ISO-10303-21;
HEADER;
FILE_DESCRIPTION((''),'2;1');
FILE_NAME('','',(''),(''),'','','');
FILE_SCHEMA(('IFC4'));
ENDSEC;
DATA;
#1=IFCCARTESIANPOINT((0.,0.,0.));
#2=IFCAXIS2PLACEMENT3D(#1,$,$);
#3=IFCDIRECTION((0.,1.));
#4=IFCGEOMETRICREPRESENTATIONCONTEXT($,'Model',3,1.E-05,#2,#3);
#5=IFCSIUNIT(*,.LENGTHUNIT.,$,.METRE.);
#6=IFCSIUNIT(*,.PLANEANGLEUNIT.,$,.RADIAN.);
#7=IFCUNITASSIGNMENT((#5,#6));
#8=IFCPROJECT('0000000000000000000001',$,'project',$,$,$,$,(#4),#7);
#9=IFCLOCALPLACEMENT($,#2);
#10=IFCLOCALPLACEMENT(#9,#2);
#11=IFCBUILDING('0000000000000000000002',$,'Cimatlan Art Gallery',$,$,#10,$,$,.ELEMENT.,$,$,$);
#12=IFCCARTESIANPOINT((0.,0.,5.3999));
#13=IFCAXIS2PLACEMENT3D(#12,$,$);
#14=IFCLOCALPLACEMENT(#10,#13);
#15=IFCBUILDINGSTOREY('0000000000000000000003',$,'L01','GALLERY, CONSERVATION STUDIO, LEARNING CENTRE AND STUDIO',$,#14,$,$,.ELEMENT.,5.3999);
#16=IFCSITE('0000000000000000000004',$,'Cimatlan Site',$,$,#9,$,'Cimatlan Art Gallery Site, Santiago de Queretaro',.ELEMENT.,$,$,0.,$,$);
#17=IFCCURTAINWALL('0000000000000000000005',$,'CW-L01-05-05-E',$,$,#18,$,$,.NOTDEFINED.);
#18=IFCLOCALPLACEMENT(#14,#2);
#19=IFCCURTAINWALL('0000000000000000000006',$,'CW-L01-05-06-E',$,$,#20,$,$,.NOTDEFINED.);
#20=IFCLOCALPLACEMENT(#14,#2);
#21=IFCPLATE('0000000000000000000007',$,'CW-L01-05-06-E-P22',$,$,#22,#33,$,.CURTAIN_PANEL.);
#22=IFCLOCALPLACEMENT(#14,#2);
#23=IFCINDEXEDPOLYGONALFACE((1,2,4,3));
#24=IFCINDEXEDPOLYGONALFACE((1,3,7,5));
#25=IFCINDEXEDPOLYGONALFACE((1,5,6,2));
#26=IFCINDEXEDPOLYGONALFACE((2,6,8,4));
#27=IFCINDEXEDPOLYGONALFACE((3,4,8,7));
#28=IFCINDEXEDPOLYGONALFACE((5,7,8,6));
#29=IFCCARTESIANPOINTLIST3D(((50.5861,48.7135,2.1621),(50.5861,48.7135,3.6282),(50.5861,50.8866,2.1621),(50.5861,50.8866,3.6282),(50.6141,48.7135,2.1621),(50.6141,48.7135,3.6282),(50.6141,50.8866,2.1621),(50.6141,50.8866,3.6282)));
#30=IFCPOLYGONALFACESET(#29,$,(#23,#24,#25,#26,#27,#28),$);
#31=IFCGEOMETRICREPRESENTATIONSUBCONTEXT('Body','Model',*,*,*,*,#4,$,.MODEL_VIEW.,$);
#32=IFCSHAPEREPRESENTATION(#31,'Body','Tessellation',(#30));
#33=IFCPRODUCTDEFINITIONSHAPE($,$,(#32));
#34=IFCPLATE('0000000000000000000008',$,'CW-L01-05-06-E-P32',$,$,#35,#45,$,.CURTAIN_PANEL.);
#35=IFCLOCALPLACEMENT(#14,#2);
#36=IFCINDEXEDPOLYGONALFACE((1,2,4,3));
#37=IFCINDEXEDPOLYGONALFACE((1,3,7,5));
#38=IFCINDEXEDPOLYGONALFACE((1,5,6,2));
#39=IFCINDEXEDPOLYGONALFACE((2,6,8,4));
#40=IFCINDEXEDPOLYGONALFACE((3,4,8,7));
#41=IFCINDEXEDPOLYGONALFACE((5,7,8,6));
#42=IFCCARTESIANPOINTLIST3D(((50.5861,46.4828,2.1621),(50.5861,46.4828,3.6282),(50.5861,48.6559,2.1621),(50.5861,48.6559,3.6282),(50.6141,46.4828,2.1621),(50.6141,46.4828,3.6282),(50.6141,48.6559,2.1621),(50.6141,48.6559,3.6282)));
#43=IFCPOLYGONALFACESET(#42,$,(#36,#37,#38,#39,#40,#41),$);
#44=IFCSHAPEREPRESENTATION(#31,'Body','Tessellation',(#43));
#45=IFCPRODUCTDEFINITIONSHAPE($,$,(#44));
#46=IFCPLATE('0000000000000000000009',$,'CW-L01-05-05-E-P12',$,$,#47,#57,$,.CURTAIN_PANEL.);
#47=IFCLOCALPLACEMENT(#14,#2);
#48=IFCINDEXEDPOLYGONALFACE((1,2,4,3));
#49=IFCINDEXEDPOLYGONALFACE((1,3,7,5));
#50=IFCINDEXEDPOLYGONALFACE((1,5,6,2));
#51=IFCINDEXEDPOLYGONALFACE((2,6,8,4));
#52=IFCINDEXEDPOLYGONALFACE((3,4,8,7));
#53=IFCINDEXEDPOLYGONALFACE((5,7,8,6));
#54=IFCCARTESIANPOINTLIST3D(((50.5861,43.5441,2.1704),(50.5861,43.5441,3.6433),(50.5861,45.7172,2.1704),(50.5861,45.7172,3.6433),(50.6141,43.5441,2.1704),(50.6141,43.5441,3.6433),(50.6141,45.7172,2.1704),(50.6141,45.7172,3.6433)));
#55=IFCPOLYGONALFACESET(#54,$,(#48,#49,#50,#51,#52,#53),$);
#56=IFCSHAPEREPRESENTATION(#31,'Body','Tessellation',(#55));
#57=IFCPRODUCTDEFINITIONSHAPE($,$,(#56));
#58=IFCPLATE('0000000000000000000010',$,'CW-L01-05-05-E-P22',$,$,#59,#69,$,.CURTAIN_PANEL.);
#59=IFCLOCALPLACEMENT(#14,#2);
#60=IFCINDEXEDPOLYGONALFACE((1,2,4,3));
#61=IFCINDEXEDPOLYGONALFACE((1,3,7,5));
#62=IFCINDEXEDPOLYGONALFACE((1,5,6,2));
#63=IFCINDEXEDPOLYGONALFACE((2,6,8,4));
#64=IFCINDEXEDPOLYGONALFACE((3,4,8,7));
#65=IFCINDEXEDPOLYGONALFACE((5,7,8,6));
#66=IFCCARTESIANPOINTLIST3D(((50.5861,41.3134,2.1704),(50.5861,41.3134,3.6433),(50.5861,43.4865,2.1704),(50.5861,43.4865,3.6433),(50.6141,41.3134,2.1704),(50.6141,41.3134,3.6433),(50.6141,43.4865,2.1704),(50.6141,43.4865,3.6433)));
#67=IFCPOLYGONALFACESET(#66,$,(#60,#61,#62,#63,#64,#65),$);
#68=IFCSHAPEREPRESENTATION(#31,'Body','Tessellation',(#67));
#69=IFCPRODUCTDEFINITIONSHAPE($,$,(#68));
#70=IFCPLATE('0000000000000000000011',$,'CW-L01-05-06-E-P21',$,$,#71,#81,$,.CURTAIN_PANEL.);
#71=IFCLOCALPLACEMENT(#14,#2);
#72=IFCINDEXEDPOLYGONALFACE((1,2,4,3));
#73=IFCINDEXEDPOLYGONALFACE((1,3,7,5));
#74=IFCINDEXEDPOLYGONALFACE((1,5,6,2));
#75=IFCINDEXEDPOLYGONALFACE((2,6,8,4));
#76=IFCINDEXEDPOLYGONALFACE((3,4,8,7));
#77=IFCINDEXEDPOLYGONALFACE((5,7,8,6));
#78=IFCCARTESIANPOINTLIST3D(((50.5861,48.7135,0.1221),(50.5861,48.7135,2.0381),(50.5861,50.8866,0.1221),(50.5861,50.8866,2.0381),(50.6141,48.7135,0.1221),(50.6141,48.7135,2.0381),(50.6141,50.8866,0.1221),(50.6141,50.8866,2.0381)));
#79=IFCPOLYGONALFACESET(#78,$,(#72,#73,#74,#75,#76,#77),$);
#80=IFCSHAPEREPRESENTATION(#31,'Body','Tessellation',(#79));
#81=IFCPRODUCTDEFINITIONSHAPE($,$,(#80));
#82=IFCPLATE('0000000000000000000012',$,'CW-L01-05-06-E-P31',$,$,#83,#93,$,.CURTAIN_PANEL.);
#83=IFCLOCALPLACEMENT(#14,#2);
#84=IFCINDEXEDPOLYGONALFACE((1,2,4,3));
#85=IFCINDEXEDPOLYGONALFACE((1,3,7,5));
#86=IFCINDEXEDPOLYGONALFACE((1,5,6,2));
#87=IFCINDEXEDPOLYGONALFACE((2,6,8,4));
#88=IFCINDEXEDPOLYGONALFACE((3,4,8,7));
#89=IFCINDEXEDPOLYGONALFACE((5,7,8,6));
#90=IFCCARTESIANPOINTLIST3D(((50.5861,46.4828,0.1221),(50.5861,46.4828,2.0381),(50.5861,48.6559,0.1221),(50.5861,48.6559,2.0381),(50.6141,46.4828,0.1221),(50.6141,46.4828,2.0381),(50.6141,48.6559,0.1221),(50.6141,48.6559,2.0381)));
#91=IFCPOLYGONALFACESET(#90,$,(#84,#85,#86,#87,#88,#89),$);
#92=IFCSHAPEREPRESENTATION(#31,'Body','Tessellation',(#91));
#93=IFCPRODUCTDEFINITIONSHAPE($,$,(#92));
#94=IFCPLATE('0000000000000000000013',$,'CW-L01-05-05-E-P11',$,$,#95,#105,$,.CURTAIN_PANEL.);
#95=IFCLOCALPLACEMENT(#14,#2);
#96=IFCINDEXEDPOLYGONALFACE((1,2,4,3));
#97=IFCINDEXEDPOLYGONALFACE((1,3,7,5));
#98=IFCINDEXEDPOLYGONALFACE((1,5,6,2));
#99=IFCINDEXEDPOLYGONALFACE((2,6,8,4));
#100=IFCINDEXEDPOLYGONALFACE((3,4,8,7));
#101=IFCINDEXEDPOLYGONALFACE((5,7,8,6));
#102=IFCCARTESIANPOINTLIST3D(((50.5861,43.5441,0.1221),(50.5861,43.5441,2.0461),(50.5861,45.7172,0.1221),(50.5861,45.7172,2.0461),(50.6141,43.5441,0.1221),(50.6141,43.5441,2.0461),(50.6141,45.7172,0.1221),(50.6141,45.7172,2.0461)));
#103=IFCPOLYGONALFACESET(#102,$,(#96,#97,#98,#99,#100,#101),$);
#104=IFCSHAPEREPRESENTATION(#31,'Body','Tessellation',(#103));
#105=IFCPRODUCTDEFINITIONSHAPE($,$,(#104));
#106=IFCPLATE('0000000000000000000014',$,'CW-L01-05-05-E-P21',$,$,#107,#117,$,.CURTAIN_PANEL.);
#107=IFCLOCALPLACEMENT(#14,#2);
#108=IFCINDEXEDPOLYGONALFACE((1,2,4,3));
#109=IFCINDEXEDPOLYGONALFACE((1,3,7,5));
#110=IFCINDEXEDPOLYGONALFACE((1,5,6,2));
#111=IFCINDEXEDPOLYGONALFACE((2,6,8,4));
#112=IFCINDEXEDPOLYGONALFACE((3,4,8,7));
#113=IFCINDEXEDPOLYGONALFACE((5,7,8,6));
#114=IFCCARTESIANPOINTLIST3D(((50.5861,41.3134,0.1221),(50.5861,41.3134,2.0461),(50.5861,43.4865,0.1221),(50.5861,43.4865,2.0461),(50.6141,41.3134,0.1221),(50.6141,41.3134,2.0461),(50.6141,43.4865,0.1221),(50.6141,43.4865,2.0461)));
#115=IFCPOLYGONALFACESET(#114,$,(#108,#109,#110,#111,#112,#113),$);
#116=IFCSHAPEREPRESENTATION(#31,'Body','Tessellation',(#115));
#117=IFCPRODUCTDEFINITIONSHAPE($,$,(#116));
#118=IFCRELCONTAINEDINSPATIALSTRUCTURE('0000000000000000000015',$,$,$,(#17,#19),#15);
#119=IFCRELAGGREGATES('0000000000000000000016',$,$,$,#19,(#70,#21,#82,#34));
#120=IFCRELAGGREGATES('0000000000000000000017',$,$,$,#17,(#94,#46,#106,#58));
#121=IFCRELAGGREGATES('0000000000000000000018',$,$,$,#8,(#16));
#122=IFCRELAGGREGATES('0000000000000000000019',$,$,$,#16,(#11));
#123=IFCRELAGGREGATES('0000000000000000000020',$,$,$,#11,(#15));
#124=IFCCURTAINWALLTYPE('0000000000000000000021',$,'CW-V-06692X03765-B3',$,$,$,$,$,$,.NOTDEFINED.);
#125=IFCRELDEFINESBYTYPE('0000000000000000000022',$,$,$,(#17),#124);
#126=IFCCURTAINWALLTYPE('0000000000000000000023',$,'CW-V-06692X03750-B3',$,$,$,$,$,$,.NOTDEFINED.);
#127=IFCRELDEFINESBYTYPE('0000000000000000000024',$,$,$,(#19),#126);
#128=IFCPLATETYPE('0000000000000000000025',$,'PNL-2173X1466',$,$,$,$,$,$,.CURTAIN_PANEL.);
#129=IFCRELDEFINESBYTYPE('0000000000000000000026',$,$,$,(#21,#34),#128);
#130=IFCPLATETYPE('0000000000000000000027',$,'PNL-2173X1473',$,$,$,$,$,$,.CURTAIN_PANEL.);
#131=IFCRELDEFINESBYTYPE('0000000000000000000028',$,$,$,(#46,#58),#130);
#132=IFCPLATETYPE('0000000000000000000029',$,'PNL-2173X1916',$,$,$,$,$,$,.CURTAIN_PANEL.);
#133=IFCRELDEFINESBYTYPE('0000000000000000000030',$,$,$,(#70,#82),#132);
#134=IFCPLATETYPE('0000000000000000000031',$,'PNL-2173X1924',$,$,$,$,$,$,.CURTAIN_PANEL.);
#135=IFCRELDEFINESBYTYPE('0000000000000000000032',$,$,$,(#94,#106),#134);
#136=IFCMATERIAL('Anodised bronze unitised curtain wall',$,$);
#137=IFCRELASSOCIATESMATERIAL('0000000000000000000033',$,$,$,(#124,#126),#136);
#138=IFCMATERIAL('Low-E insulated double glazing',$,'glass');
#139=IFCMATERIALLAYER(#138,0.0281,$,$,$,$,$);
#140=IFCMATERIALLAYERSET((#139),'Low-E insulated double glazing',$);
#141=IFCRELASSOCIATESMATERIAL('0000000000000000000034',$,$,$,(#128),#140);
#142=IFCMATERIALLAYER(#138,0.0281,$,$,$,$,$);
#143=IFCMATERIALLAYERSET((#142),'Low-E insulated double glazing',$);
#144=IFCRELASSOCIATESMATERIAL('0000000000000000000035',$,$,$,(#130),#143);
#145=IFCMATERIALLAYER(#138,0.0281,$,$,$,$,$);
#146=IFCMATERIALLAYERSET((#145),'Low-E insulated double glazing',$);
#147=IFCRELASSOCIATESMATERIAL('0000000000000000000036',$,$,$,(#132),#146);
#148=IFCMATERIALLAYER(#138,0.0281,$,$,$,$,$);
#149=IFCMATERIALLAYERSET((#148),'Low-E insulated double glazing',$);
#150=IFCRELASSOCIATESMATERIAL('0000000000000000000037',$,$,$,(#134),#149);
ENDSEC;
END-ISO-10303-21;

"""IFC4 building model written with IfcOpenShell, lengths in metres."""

from ifc_helpers import new_model, si_unit, direction, frame, origin, origin_2d, place, context, subcontext, project, spatial, rectangle, extrude, material, layer, layer_set, type_object, element, aggregate, save


model = new_model("IFC4")

# Units and contexts
model_context = context("Model", 3, precision=1e-05, world=origin(), true_north=direction((0.0, 1.0)))
body_context = subcontext(model_context, "Body", "Model", "MODEL_VIEW")
ifc_project = project(units=[si_unit("LENGTHUNIT", "METRE"), si_unit("PLANEANGLEUNIT", "RADIAN")], contexts=[model_context])

# Site, building, storey
site_placement = place(None, origin())
site = spatial("IfcSite", under=ifc_project, at=site_placement, Name="Cimatlan Site", LongName="Cimatlan Art Gallery Site, Santiago de Queretaro", CompositionType="ELEMENT", RefElevation=0.0)
building_placement = place(site_placement, origin())
building = spatial("IfcBuilding", under=site, at=building_placement, Name="Cimatlan Art Gallery", CompositionType="ELEMENT")
storey_placement = place(building_placement, frame((0.0, 0.0, 5.3999)))
storey = spatial("IfcBuildingStorey", under=building, at=storey_placement, Name="L01", Description="GALLERY, CONSERVATION STUDIO, LEARNING CENTRE AND STUDIO", CompositionType="ELEMENT", Elevation=5.3999)

# Curtain walls
ifc_material_1 = material(Name="Anodised bronze unitised curtain wall")
curtain_wall_type_1 = type_object("IfcCurtainWallType", Name="CW-V-06692X03765-B3", PredefinedType="NOTDEFINED", material=ifc_material_1)
curtain_wall_1_placement = place(storey_placement, origin())
curtain_wall_1 = element("IfcCurtainWall", 1, at=curtain_wall_1_placement, inside=storey, type_object=curtain_wall_type_1, Name="CW-L01-05-05-E", PredefinedType="NOTDEFINED")
curtain_wall_type_2 = type_object("IfcCurtainWallType", Name="CW-V-06692X03750-B3", PredefinedType="NOTDEFINED", material=ifc_material_1)
curtain_wall_2_placement = place(storey_placement, origin())
curtain_wall_2 = element("IfcCurtainWall", 2, at=curtain_wall_2_placement, inside=storey, type_object=curtain_wall_type_2, Name="CW-L01-05-06-E", PredefinedType="NOTDEFINED")

# Plates
ifc_material_2 = material(Name="Low-E insulated double glazing", Category="glass")
ifc_layer_1 = layer(ifc_material_2, 0.0281)
ifc_layer_set_1 = layer_set([ifc_layer_1], Name="Low-E insulated double glazing")
plate_type_1 = type_object("IfcPlateType", Name="PNL-2173X1466", PredefinedType="CURTAIN_PANEL", material=ifc_layer_set_1)
plate_1_placement = place(storey_placement, frame((50.6001, 49.8, 2.1621), z_axis=(0.0, 0.0, 1.0), x_axis=(0.0, -1.0, 0.0)))
plate_1 = element("IfcPlate", 3, at=plate_1_placement, type_object=plate_type_1, Name="CW-L01-05-06-E-P22", PredefinedType="CURTAIN_PANEL", context=body_context, shape_type="SweptSolid", body=[
    extrude(rectangle(XDim=2.1731, YDim=0.0281, at=origin_2d()), origin(), (0.0, 0.0, 1.0), 1.4661),
])
plate_2_placement = place(storey_placement, frame((50.6001, 47.5693, 2.1621), z_axis=(0.0, 0.0, 1.0), x_axis=(0.0, -1.0, 0.0)))
plate_2 = element("IfcPlate", 4, at=plate_2_placement, type_object=plate_type_1, Name="CW-L01-05-06-E-P32", PredefinedType="CURTAIN_PANEL", context=body_context, shape_type="SweptSolid", body=[
    extrude(rectangle(XDim=2.1731, YDim=0.0281, at=origin_2d()), origin(), (0.0, 0.0, 1.0), 1.4661),
])
ifc_layer_2 = layer(ifc_material_2, 0.0281)
ifc_layer_set_2 = layer_set([ifc_layer_2], Name="Low-E insulated double glazing")
plate_type_2 = type_object("IfcPlateType", Name="PNL-2173X1473", PredefinedType="CURTAIN_PANEL", material=ifc_layer_set_2)
plate_3_placement = place(storey_placement, frame((50.6001, 44.6306, 2.1704), z_axis=(0.0, 0.0, 1.0), x_axis=(0.0, -1.0, 0.0)))
plate_3 = element("IfcPlate", 5, at=plate_3_placement, type_object=plate_type_2, Name="CW-L01-05-05-E-P12", PredefinedType="CURTAIN_PANEL", context=body_context, shape_type="SweptSolid", body=[
    extrude(rectangle(XDim=2.1731, YDim=0.0281, at=origin_2d()), origin(), (0.0, 0.0, 1.0), 1.4729),
])
plate_4_placement = place(storey_placement, frame((50.6001, 42.3999, 2.1704), z_axis=(0.0, 0.0, 1.0), x_axis=(0.0, -1.0, 0.0)))
plate_4 = element("IfcPlate", 6, at=plate_4_placement, type_object=plate_type_2, Name="CW-L01-05-05-E-P22", PredefinedType="CURTAIN_PANEL", context=body_context, shape_type="SweptSolid", body=[
    extrude(rectangle(XDim=2.1731, YDim=0.0281, at=origin_2d()), origin(), (0.0, 0.0, 1.0), 1.4729),
])
ifc_layer_3 = layer(ifc_material_2, 0.0281)
ifc_layer_set_3 = layer_set([ifc_layer_3], Name="Low-E insulated double glazing")
plate_type_3 = type_object("IfcPlateType", Name="PNL-2173X1916", PredefinedType="CURTAIN_PANEL", material=ifc_layer_set_3)
plate_5_placement = place(storey_placement, frame((50.6001, 49.8, 0.1221), z_axis=(0.0, 0.0, 1.0), x_axis=(0.0, -1.0, 0.0)))
plate_5 = element("IfcPlate", 7, at=plate_5_placement, type_object=plate_type_3, Name="CW-L01-05-06-E-P21", PredefinedType="CURTAIN_PANEL", context=body_context, shape_type="SweptSolid", body=[
    extrude(rectangle(XDim=2.1731, YDim=0.0281, at=origin_2d()), origin(), (0.0, 0.0, 1.0), 1.916),
])
plate_6_placement = place(storey_placement, frame((50.6001, 47.5693, 0.1221), z_axis=(0.0, 0.0, 1.0), x_axis=(0.0, -1.0, 0.0)))
plate_6 = element("IfcPlate", 8, at=plate_6_placement, type_object=plate_type_3, Name="CW-L01-05-06-E-P31", PredefinedType="CURTAIN_PANEL", context=body_context, shape_type="SweptSolid", body=[
    extrude(rectangle(XDim=2.1731, YDim=0.0281, at=origin_2d()), origin(), (0.0, 0.0, 1.0), 1.916),
])
aggregate(curtain_wall_2, [plate_5, plate_1, plate_6, plate_2])
ifc_layer_4 = layer(ifc_material_2, 0.0281)
ifc_layer_set_4 = layer_set([ifc_layer_4], Name="Low-E insulated double glazing")
plate_type_4 = type_object("IfcPlateType", Name="PNL-2173X1924", PredefinedType="CURTAIN_PANEL", material=ifc_layer_set_4)
plate_7_placement = place(storey_placement, frame((50.6001, 44.6306, 0.1221), z_axis=(0.0, 0.0, 1.0), x_axis=(0.0, -1.0, 0.0)))
plate_7 = element("IfcPlate", 9, at=plate_7_placement, type_object=plate_type_4, Name="CW-L01-05-05-E-P11", PredefinedType="CURTAIN_PANEL", context=body_context, shape_type="SweptSolid", body=[
    extrude(rectangle(XDim=2.1731, YDim=0.0281, at=origin_2d()), origin(), (0.0, 0.0, 1.0), 1.9241),
])
plate_8_placement = place(storey_placement, frame((50.6001, 42.3999, 0.1221), z_axis=(0.0, 0.0, 1.0), x_axis=(0.0, -1.0, 0.0)))
plate_8 = element("IfcPlate", 10, at=plate_8_placement, type_object=plate_type_4, Name="CW-L01-05-05-E-P21", PredefinedType="CURTAIN_PANEL", context=body_context, shape_type="SweptSolid", body=[
    extrude(rectangle(XDim=2.1731, YDim=0.0281, at=origin_2d()), origin(), (0.0, 0.0, 1.0), 1.9241),
])
aggregate(curtain_wall_1, [plate_7, plate_3, plate_8, plate_4])

save(model, "model.ifc")
